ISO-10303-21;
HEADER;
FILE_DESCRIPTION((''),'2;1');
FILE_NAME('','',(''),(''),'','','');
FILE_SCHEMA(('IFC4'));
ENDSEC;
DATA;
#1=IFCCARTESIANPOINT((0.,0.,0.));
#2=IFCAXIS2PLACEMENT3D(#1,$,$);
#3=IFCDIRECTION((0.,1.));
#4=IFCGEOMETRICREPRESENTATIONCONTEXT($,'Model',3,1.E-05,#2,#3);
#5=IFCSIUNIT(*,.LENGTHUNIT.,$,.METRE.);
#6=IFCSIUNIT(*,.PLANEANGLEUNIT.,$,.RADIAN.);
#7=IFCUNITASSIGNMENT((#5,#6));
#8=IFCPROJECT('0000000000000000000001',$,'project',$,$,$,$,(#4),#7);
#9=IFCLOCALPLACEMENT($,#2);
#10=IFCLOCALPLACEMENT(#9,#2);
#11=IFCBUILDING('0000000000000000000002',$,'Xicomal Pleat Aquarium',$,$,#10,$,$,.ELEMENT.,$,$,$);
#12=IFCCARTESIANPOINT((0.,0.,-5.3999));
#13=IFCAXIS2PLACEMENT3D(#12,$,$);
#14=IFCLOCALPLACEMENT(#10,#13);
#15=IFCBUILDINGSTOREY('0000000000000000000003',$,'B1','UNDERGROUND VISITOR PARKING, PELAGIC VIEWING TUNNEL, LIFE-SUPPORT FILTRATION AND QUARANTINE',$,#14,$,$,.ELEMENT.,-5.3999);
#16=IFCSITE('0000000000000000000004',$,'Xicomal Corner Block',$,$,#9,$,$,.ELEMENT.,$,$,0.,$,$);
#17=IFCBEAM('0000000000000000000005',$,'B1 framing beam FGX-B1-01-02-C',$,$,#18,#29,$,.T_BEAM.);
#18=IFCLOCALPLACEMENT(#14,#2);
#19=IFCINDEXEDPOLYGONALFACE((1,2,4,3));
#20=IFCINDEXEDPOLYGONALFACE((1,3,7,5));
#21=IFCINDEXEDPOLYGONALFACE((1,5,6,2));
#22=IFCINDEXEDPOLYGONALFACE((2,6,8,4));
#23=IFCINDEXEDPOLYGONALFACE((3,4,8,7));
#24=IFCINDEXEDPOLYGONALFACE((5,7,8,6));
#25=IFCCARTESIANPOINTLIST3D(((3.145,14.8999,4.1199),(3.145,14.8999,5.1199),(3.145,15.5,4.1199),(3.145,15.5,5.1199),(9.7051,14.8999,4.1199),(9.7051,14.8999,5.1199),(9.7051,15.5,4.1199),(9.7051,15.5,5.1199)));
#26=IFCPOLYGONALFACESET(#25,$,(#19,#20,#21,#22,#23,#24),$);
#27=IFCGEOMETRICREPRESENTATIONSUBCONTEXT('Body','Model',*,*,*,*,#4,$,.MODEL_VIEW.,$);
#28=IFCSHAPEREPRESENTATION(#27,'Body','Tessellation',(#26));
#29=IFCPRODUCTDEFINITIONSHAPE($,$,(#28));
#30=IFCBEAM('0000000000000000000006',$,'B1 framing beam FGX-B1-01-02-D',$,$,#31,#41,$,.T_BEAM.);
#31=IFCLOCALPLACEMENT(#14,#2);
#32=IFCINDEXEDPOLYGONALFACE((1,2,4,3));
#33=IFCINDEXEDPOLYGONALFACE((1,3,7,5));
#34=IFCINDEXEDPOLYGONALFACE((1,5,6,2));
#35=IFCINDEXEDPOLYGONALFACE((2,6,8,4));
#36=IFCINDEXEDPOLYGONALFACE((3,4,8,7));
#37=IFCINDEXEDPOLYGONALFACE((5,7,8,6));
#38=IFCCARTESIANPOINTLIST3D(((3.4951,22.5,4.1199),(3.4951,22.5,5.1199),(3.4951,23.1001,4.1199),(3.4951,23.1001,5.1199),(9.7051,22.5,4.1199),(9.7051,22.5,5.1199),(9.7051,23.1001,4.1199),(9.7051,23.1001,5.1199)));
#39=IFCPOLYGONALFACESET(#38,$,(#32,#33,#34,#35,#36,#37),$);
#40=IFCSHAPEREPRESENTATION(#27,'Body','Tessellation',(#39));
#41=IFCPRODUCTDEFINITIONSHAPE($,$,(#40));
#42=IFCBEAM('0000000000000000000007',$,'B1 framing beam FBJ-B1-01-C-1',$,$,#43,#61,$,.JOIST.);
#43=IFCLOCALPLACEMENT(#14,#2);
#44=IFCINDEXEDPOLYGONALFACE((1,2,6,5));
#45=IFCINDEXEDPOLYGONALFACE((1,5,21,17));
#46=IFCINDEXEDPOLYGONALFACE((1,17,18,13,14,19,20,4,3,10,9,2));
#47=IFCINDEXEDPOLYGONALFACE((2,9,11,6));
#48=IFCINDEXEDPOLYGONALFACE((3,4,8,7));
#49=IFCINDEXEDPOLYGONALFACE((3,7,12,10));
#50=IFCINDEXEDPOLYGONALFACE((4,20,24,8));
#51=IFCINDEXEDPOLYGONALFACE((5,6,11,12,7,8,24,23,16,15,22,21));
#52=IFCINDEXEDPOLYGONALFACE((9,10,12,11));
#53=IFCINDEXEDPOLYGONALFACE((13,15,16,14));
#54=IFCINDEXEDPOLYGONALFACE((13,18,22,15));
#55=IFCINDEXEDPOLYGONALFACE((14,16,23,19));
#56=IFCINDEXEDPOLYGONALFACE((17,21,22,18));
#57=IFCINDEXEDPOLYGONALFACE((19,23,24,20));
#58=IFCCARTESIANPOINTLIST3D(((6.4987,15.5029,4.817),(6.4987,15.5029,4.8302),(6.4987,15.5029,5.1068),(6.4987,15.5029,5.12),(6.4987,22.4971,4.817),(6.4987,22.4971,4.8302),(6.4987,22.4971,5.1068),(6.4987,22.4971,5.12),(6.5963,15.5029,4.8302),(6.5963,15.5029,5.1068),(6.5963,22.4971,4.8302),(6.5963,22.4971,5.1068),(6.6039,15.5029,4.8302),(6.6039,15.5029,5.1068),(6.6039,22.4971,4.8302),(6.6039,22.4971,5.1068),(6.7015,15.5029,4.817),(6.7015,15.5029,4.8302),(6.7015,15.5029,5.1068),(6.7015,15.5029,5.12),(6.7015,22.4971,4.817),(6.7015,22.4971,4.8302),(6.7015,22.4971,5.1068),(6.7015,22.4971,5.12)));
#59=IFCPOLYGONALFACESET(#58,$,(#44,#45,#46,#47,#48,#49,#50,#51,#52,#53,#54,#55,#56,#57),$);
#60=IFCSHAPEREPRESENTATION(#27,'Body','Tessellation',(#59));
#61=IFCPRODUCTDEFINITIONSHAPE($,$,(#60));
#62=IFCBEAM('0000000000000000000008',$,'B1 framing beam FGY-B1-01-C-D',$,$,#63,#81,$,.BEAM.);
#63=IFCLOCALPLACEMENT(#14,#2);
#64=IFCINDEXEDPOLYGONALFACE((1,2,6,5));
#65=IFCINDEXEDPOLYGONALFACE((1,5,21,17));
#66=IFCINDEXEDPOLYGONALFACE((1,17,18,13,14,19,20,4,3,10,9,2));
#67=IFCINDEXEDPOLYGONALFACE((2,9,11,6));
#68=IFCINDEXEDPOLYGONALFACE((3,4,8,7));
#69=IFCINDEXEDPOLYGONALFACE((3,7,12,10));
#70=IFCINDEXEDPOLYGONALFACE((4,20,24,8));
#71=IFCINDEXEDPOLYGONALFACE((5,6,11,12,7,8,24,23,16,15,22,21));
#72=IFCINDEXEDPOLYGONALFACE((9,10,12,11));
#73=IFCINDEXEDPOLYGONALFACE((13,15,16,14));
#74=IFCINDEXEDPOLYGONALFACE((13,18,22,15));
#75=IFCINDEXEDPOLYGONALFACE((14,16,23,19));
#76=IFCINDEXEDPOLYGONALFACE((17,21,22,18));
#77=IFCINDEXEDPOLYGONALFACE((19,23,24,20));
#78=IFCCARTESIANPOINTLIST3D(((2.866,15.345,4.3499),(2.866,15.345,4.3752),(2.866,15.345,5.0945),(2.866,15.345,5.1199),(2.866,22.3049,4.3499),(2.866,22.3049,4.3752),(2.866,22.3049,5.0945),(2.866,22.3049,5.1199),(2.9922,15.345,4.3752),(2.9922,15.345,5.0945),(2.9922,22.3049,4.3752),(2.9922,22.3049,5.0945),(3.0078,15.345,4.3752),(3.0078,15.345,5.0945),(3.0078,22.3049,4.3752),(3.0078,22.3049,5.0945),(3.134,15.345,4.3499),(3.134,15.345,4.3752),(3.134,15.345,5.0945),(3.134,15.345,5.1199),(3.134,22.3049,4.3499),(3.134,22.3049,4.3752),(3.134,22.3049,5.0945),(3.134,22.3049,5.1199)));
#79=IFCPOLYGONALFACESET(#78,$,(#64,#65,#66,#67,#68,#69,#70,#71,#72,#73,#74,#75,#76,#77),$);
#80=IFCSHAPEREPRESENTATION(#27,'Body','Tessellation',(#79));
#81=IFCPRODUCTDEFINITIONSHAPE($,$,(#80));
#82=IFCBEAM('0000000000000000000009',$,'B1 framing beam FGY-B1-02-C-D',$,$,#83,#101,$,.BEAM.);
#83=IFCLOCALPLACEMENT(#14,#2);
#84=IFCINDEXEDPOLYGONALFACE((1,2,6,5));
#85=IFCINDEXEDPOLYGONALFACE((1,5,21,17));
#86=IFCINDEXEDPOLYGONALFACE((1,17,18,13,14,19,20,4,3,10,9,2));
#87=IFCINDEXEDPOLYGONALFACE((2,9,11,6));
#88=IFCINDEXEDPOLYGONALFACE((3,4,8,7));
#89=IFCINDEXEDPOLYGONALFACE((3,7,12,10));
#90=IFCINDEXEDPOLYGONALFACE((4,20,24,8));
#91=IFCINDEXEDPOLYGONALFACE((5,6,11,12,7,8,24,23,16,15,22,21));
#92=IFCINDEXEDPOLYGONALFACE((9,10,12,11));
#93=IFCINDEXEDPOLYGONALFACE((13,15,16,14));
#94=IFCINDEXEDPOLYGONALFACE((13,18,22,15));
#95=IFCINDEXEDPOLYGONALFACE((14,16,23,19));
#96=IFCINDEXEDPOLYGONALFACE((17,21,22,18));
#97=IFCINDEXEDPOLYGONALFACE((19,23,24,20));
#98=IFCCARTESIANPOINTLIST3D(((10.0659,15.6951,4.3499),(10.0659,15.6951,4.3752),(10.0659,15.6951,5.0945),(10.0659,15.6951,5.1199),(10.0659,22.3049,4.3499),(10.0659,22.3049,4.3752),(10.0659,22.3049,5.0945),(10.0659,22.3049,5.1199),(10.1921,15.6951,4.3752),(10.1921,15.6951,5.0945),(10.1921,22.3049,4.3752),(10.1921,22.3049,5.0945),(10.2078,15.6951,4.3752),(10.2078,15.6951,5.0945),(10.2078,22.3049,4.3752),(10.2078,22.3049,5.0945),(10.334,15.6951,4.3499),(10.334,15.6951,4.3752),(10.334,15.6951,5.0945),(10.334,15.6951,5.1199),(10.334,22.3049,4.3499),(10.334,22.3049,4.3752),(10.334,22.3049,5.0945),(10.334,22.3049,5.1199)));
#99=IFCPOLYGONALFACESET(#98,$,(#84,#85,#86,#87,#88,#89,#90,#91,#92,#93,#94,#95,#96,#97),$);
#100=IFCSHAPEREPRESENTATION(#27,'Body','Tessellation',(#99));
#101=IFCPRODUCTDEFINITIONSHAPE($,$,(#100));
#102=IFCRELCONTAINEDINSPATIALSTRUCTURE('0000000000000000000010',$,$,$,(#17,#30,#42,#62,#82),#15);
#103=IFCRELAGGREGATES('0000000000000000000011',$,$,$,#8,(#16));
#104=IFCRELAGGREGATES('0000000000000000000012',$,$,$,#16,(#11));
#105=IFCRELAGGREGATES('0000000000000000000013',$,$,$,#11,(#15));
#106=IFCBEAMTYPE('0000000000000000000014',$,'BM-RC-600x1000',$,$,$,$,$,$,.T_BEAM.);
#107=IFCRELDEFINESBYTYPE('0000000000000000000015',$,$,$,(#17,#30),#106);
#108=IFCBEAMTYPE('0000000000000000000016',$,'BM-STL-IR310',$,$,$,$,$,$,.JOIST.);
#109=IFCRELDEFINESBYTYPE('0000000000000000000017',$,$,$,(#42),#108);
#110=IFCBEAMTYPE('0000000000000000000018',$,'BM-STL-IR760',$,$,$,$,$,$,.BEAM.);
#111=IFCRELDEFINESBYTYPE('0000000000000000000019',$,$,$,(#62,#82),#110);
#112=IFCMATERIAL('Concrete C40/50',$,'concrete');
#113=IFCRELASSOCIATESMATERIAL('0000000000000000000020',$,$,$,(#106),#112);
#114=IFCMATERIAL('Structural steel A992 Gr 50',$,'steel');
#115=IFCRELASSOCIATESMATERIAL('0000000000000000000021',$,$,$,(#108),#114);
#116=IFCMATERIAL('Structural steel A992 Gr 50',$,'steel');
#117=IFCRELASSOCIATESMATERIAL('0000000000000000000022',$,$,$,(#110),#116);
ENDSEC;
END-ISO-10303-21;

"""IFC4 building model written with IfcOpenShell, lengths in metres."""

from ifc_helpers import new_model, si_unit, direction, frame, origin, origin_2d, place, context, subcontext, project, spatial, rectangle, i_section, extrude, material, material_profile, profile_set, type_object, element, save


model = new_model("IFC4")

# Units and contexts
model_context = context("Model", 3, precision=1e-05, world=origin(), true_north=direction((0.0, 1.0)))
body_context = subcontext(model_context, "Body", "Model", "MODEL_VIEW")
ifc_project = project(units=[si_unit("LENGTHUNIT", "METRE"), si_unit("PLANEANGLEUNIT", "RADIAN")], contexts=[model_context])

# Site, building, storey
site_placement = place(None, origin())
site = spatial("IfcSite", under=ifc_project, at=site_placement, Name="Xicomal Corner Block", CompositionType="ELEMENT", RefElevation=0.0)
building_placement = place(site_placement, origin())
building = spatial("IfcBuilding", under=site, at=building_placement, Name="Xicomal Pleat Aquarium", CompositionType="ELEMENT")
storey_placement = place(building_placement, frame((0.0, 0.0, -5.3999)))
storey = spatial("IfcBuildingStorey", under=building, at=storey_placement, Name="B1", Description="UNDERGROUND VISITOR PARKING, PELAGIC VIEWING TUNNEL, LIFE-SUPPORT FILTRATION AND QUARANTINE", CompositionType="ELEMENT", Elevation=-5.3999)

# Beams
ifc_material_1 = material(Name="Concrete C40/50", Category="concrete")
ifc_material_profile_1 = material_profile(ifc_material_1, rectangle(XDim=0.6001, YDim=1.0, at=origin_2d()), Name="RC 600x1000")
ifc_profile_set_1 = profile_set([ifc_material_profile_1], Name="Concrete C40/50")
beam_type_1 = type_object("IfcBeamType", Name="BM-RC-600x1000", PredefinedType="T_BEAM", material=ifc_profile_set_1)
beam_1_placement = place(storey_placement, frame((3.145, 15.2, 4.6199), z_axis=(1.0, 0.0, 0.0), x_axis=(0.0, 1.0, 0.0)))
element("IfcBeam", 1, at=beam_1_placement, inside=storey, type_object=beam_type_1, Name="B1 framing beam FGX-B1-01-02-C", PredefinedType="T_BEAM", context=body_context, shape_type="SweptSolid", body=[
    extrude(rectangle(XDim=0.6001, YDim=1.0, at=origin_2d()), origin(), (0.0, 0.0, 1.0), 6.5601),
])
beam_2_placement = place(storey_placement, frame((3.4951, 22.8, 4.6199), z_axis=(1.0, 0.0, 0.0), x_axis=(0.0, 1.0, 0.0)))
element("IfcBeam", 2, at=beam_2_placement, inside=storey, type_object=beam_type_1, Name="B1 framing beam FGX-B1-01-02-D", PredefinedType="T_BEAM", context=body_context, shape_type="SweptSolid", body=[
    extrude(rectangle(XDim=0.6001, YDim=1.0, at=origin_2d()), origin(), (0.0, 0.0, 1.0), 6.21),
])
ifc_material_2 = material(Name="Structural steel A992 Gr 50", Category="steel")
ifc_material_profile_2 = material_profile(ifc_material_2, i_section(OverallWidth=0.2029, OverallDepth=0.303, WebThickness=0.0076, FlangeThickness=0.0132, at=origin_2d()), Name="IR 310x60")
ifc_profile_set_2 = profile_set([ifc_material_profile_2], Name="Structural steel A992 Gr 50")
beam_type_2 = type_object("IfcBeamType", Name="BM-STL-IR310", PredefinedType="JOIST", material=ifc_profile_set_2)
beam_3_placement = place(storey_placement, frame((6.6001, 15.5029, 4.9685), z_axis=(0.0, 1.0, 0.0), x_axis=(-1.0, 0.0, 0.0)))
element("IfcBeam", 3, at=beam_3_placement, inside=storey, type_object=beam_type_2, Name="B1 framing beam FBJ-B1-01-C-1", PredefinedType="JOIST", context=body_context, shape_type="SweptSolid", body=[
    extrude(i_section(OverallWidth=0.2029, OverallDepth=0.303, WebThickness=0.0076, FlangeThickness=0.0132, at=origin_2d()), origin(), (0.0, 0.0, 1.0), 6.9941),
])
ifc_material_3 = material(Name="Structural steel A992 Gr 50", Category="steel")
ifc_material_profile_3 = material_profile(ifc_material_3, i_section(OverallWidth=0.2681, OverallDepth=0.77, WebThickness=0.0156, FlangeThickness=0.0254, at=origin_2d()), Name="IR 760x196")
ifc_profile_set_3 = profile_set([ifc_material_profile_3], Name="Structural steel A992 Gr 50")
beam_type_3 = type_object("IfcBeamType", Name="BM-STL-IR760", PredefinedType="BEAM", material=ifc_profile_set_3)
beam_4_placement = place(storey_placement, frame((3.0, 15.345, 4.7349), z_axis=(0.0, 1.0, 0.0), x_axis=(-1.0, 0.0, 0.0)))
element("IfcBeam", 4, at=beam_4_placement, inside=storey, type_object=beam_type_3, Name="B1 framing beam FGY-B1-01-C-D", PredefinedType="BEAM", context=body_context, shape_type="SweptSolid", body=[
    extrude(i_section(OverallWidth=0.2681, OverallDepth=0.77, WebThickness=0.0156, FlangeThickness=0.0254, at=origin_2d()), origin(), (0.0, 0.0, 1.0), 6.96),
])
beam_5_placement = place(storey_placement, frame((10.2, 15.6951, 4.7349), z_axis=(0.0, 1.0, 0.0), x_axis=(-1.0, 0.0, 0.0)))
element("IfcBeam", 5, at=beam_5_placement, inside=storey, type_object=beam_type_3, Name="B1 framing beam FGY-B1-02-C-D", PredefinedType="BEAM", context=body_context, shape_type="SweptSolid", body=[
    extrude(i_section(OverallWidth=0.2681, OverallDepth=0.77, WebThickness=0.0156, FlangeThickness=0.0254, at=origin_2d()), origin(), (0.0, 0.0, 1.0), 6.6099),
])

save(model, "model.ifc")
